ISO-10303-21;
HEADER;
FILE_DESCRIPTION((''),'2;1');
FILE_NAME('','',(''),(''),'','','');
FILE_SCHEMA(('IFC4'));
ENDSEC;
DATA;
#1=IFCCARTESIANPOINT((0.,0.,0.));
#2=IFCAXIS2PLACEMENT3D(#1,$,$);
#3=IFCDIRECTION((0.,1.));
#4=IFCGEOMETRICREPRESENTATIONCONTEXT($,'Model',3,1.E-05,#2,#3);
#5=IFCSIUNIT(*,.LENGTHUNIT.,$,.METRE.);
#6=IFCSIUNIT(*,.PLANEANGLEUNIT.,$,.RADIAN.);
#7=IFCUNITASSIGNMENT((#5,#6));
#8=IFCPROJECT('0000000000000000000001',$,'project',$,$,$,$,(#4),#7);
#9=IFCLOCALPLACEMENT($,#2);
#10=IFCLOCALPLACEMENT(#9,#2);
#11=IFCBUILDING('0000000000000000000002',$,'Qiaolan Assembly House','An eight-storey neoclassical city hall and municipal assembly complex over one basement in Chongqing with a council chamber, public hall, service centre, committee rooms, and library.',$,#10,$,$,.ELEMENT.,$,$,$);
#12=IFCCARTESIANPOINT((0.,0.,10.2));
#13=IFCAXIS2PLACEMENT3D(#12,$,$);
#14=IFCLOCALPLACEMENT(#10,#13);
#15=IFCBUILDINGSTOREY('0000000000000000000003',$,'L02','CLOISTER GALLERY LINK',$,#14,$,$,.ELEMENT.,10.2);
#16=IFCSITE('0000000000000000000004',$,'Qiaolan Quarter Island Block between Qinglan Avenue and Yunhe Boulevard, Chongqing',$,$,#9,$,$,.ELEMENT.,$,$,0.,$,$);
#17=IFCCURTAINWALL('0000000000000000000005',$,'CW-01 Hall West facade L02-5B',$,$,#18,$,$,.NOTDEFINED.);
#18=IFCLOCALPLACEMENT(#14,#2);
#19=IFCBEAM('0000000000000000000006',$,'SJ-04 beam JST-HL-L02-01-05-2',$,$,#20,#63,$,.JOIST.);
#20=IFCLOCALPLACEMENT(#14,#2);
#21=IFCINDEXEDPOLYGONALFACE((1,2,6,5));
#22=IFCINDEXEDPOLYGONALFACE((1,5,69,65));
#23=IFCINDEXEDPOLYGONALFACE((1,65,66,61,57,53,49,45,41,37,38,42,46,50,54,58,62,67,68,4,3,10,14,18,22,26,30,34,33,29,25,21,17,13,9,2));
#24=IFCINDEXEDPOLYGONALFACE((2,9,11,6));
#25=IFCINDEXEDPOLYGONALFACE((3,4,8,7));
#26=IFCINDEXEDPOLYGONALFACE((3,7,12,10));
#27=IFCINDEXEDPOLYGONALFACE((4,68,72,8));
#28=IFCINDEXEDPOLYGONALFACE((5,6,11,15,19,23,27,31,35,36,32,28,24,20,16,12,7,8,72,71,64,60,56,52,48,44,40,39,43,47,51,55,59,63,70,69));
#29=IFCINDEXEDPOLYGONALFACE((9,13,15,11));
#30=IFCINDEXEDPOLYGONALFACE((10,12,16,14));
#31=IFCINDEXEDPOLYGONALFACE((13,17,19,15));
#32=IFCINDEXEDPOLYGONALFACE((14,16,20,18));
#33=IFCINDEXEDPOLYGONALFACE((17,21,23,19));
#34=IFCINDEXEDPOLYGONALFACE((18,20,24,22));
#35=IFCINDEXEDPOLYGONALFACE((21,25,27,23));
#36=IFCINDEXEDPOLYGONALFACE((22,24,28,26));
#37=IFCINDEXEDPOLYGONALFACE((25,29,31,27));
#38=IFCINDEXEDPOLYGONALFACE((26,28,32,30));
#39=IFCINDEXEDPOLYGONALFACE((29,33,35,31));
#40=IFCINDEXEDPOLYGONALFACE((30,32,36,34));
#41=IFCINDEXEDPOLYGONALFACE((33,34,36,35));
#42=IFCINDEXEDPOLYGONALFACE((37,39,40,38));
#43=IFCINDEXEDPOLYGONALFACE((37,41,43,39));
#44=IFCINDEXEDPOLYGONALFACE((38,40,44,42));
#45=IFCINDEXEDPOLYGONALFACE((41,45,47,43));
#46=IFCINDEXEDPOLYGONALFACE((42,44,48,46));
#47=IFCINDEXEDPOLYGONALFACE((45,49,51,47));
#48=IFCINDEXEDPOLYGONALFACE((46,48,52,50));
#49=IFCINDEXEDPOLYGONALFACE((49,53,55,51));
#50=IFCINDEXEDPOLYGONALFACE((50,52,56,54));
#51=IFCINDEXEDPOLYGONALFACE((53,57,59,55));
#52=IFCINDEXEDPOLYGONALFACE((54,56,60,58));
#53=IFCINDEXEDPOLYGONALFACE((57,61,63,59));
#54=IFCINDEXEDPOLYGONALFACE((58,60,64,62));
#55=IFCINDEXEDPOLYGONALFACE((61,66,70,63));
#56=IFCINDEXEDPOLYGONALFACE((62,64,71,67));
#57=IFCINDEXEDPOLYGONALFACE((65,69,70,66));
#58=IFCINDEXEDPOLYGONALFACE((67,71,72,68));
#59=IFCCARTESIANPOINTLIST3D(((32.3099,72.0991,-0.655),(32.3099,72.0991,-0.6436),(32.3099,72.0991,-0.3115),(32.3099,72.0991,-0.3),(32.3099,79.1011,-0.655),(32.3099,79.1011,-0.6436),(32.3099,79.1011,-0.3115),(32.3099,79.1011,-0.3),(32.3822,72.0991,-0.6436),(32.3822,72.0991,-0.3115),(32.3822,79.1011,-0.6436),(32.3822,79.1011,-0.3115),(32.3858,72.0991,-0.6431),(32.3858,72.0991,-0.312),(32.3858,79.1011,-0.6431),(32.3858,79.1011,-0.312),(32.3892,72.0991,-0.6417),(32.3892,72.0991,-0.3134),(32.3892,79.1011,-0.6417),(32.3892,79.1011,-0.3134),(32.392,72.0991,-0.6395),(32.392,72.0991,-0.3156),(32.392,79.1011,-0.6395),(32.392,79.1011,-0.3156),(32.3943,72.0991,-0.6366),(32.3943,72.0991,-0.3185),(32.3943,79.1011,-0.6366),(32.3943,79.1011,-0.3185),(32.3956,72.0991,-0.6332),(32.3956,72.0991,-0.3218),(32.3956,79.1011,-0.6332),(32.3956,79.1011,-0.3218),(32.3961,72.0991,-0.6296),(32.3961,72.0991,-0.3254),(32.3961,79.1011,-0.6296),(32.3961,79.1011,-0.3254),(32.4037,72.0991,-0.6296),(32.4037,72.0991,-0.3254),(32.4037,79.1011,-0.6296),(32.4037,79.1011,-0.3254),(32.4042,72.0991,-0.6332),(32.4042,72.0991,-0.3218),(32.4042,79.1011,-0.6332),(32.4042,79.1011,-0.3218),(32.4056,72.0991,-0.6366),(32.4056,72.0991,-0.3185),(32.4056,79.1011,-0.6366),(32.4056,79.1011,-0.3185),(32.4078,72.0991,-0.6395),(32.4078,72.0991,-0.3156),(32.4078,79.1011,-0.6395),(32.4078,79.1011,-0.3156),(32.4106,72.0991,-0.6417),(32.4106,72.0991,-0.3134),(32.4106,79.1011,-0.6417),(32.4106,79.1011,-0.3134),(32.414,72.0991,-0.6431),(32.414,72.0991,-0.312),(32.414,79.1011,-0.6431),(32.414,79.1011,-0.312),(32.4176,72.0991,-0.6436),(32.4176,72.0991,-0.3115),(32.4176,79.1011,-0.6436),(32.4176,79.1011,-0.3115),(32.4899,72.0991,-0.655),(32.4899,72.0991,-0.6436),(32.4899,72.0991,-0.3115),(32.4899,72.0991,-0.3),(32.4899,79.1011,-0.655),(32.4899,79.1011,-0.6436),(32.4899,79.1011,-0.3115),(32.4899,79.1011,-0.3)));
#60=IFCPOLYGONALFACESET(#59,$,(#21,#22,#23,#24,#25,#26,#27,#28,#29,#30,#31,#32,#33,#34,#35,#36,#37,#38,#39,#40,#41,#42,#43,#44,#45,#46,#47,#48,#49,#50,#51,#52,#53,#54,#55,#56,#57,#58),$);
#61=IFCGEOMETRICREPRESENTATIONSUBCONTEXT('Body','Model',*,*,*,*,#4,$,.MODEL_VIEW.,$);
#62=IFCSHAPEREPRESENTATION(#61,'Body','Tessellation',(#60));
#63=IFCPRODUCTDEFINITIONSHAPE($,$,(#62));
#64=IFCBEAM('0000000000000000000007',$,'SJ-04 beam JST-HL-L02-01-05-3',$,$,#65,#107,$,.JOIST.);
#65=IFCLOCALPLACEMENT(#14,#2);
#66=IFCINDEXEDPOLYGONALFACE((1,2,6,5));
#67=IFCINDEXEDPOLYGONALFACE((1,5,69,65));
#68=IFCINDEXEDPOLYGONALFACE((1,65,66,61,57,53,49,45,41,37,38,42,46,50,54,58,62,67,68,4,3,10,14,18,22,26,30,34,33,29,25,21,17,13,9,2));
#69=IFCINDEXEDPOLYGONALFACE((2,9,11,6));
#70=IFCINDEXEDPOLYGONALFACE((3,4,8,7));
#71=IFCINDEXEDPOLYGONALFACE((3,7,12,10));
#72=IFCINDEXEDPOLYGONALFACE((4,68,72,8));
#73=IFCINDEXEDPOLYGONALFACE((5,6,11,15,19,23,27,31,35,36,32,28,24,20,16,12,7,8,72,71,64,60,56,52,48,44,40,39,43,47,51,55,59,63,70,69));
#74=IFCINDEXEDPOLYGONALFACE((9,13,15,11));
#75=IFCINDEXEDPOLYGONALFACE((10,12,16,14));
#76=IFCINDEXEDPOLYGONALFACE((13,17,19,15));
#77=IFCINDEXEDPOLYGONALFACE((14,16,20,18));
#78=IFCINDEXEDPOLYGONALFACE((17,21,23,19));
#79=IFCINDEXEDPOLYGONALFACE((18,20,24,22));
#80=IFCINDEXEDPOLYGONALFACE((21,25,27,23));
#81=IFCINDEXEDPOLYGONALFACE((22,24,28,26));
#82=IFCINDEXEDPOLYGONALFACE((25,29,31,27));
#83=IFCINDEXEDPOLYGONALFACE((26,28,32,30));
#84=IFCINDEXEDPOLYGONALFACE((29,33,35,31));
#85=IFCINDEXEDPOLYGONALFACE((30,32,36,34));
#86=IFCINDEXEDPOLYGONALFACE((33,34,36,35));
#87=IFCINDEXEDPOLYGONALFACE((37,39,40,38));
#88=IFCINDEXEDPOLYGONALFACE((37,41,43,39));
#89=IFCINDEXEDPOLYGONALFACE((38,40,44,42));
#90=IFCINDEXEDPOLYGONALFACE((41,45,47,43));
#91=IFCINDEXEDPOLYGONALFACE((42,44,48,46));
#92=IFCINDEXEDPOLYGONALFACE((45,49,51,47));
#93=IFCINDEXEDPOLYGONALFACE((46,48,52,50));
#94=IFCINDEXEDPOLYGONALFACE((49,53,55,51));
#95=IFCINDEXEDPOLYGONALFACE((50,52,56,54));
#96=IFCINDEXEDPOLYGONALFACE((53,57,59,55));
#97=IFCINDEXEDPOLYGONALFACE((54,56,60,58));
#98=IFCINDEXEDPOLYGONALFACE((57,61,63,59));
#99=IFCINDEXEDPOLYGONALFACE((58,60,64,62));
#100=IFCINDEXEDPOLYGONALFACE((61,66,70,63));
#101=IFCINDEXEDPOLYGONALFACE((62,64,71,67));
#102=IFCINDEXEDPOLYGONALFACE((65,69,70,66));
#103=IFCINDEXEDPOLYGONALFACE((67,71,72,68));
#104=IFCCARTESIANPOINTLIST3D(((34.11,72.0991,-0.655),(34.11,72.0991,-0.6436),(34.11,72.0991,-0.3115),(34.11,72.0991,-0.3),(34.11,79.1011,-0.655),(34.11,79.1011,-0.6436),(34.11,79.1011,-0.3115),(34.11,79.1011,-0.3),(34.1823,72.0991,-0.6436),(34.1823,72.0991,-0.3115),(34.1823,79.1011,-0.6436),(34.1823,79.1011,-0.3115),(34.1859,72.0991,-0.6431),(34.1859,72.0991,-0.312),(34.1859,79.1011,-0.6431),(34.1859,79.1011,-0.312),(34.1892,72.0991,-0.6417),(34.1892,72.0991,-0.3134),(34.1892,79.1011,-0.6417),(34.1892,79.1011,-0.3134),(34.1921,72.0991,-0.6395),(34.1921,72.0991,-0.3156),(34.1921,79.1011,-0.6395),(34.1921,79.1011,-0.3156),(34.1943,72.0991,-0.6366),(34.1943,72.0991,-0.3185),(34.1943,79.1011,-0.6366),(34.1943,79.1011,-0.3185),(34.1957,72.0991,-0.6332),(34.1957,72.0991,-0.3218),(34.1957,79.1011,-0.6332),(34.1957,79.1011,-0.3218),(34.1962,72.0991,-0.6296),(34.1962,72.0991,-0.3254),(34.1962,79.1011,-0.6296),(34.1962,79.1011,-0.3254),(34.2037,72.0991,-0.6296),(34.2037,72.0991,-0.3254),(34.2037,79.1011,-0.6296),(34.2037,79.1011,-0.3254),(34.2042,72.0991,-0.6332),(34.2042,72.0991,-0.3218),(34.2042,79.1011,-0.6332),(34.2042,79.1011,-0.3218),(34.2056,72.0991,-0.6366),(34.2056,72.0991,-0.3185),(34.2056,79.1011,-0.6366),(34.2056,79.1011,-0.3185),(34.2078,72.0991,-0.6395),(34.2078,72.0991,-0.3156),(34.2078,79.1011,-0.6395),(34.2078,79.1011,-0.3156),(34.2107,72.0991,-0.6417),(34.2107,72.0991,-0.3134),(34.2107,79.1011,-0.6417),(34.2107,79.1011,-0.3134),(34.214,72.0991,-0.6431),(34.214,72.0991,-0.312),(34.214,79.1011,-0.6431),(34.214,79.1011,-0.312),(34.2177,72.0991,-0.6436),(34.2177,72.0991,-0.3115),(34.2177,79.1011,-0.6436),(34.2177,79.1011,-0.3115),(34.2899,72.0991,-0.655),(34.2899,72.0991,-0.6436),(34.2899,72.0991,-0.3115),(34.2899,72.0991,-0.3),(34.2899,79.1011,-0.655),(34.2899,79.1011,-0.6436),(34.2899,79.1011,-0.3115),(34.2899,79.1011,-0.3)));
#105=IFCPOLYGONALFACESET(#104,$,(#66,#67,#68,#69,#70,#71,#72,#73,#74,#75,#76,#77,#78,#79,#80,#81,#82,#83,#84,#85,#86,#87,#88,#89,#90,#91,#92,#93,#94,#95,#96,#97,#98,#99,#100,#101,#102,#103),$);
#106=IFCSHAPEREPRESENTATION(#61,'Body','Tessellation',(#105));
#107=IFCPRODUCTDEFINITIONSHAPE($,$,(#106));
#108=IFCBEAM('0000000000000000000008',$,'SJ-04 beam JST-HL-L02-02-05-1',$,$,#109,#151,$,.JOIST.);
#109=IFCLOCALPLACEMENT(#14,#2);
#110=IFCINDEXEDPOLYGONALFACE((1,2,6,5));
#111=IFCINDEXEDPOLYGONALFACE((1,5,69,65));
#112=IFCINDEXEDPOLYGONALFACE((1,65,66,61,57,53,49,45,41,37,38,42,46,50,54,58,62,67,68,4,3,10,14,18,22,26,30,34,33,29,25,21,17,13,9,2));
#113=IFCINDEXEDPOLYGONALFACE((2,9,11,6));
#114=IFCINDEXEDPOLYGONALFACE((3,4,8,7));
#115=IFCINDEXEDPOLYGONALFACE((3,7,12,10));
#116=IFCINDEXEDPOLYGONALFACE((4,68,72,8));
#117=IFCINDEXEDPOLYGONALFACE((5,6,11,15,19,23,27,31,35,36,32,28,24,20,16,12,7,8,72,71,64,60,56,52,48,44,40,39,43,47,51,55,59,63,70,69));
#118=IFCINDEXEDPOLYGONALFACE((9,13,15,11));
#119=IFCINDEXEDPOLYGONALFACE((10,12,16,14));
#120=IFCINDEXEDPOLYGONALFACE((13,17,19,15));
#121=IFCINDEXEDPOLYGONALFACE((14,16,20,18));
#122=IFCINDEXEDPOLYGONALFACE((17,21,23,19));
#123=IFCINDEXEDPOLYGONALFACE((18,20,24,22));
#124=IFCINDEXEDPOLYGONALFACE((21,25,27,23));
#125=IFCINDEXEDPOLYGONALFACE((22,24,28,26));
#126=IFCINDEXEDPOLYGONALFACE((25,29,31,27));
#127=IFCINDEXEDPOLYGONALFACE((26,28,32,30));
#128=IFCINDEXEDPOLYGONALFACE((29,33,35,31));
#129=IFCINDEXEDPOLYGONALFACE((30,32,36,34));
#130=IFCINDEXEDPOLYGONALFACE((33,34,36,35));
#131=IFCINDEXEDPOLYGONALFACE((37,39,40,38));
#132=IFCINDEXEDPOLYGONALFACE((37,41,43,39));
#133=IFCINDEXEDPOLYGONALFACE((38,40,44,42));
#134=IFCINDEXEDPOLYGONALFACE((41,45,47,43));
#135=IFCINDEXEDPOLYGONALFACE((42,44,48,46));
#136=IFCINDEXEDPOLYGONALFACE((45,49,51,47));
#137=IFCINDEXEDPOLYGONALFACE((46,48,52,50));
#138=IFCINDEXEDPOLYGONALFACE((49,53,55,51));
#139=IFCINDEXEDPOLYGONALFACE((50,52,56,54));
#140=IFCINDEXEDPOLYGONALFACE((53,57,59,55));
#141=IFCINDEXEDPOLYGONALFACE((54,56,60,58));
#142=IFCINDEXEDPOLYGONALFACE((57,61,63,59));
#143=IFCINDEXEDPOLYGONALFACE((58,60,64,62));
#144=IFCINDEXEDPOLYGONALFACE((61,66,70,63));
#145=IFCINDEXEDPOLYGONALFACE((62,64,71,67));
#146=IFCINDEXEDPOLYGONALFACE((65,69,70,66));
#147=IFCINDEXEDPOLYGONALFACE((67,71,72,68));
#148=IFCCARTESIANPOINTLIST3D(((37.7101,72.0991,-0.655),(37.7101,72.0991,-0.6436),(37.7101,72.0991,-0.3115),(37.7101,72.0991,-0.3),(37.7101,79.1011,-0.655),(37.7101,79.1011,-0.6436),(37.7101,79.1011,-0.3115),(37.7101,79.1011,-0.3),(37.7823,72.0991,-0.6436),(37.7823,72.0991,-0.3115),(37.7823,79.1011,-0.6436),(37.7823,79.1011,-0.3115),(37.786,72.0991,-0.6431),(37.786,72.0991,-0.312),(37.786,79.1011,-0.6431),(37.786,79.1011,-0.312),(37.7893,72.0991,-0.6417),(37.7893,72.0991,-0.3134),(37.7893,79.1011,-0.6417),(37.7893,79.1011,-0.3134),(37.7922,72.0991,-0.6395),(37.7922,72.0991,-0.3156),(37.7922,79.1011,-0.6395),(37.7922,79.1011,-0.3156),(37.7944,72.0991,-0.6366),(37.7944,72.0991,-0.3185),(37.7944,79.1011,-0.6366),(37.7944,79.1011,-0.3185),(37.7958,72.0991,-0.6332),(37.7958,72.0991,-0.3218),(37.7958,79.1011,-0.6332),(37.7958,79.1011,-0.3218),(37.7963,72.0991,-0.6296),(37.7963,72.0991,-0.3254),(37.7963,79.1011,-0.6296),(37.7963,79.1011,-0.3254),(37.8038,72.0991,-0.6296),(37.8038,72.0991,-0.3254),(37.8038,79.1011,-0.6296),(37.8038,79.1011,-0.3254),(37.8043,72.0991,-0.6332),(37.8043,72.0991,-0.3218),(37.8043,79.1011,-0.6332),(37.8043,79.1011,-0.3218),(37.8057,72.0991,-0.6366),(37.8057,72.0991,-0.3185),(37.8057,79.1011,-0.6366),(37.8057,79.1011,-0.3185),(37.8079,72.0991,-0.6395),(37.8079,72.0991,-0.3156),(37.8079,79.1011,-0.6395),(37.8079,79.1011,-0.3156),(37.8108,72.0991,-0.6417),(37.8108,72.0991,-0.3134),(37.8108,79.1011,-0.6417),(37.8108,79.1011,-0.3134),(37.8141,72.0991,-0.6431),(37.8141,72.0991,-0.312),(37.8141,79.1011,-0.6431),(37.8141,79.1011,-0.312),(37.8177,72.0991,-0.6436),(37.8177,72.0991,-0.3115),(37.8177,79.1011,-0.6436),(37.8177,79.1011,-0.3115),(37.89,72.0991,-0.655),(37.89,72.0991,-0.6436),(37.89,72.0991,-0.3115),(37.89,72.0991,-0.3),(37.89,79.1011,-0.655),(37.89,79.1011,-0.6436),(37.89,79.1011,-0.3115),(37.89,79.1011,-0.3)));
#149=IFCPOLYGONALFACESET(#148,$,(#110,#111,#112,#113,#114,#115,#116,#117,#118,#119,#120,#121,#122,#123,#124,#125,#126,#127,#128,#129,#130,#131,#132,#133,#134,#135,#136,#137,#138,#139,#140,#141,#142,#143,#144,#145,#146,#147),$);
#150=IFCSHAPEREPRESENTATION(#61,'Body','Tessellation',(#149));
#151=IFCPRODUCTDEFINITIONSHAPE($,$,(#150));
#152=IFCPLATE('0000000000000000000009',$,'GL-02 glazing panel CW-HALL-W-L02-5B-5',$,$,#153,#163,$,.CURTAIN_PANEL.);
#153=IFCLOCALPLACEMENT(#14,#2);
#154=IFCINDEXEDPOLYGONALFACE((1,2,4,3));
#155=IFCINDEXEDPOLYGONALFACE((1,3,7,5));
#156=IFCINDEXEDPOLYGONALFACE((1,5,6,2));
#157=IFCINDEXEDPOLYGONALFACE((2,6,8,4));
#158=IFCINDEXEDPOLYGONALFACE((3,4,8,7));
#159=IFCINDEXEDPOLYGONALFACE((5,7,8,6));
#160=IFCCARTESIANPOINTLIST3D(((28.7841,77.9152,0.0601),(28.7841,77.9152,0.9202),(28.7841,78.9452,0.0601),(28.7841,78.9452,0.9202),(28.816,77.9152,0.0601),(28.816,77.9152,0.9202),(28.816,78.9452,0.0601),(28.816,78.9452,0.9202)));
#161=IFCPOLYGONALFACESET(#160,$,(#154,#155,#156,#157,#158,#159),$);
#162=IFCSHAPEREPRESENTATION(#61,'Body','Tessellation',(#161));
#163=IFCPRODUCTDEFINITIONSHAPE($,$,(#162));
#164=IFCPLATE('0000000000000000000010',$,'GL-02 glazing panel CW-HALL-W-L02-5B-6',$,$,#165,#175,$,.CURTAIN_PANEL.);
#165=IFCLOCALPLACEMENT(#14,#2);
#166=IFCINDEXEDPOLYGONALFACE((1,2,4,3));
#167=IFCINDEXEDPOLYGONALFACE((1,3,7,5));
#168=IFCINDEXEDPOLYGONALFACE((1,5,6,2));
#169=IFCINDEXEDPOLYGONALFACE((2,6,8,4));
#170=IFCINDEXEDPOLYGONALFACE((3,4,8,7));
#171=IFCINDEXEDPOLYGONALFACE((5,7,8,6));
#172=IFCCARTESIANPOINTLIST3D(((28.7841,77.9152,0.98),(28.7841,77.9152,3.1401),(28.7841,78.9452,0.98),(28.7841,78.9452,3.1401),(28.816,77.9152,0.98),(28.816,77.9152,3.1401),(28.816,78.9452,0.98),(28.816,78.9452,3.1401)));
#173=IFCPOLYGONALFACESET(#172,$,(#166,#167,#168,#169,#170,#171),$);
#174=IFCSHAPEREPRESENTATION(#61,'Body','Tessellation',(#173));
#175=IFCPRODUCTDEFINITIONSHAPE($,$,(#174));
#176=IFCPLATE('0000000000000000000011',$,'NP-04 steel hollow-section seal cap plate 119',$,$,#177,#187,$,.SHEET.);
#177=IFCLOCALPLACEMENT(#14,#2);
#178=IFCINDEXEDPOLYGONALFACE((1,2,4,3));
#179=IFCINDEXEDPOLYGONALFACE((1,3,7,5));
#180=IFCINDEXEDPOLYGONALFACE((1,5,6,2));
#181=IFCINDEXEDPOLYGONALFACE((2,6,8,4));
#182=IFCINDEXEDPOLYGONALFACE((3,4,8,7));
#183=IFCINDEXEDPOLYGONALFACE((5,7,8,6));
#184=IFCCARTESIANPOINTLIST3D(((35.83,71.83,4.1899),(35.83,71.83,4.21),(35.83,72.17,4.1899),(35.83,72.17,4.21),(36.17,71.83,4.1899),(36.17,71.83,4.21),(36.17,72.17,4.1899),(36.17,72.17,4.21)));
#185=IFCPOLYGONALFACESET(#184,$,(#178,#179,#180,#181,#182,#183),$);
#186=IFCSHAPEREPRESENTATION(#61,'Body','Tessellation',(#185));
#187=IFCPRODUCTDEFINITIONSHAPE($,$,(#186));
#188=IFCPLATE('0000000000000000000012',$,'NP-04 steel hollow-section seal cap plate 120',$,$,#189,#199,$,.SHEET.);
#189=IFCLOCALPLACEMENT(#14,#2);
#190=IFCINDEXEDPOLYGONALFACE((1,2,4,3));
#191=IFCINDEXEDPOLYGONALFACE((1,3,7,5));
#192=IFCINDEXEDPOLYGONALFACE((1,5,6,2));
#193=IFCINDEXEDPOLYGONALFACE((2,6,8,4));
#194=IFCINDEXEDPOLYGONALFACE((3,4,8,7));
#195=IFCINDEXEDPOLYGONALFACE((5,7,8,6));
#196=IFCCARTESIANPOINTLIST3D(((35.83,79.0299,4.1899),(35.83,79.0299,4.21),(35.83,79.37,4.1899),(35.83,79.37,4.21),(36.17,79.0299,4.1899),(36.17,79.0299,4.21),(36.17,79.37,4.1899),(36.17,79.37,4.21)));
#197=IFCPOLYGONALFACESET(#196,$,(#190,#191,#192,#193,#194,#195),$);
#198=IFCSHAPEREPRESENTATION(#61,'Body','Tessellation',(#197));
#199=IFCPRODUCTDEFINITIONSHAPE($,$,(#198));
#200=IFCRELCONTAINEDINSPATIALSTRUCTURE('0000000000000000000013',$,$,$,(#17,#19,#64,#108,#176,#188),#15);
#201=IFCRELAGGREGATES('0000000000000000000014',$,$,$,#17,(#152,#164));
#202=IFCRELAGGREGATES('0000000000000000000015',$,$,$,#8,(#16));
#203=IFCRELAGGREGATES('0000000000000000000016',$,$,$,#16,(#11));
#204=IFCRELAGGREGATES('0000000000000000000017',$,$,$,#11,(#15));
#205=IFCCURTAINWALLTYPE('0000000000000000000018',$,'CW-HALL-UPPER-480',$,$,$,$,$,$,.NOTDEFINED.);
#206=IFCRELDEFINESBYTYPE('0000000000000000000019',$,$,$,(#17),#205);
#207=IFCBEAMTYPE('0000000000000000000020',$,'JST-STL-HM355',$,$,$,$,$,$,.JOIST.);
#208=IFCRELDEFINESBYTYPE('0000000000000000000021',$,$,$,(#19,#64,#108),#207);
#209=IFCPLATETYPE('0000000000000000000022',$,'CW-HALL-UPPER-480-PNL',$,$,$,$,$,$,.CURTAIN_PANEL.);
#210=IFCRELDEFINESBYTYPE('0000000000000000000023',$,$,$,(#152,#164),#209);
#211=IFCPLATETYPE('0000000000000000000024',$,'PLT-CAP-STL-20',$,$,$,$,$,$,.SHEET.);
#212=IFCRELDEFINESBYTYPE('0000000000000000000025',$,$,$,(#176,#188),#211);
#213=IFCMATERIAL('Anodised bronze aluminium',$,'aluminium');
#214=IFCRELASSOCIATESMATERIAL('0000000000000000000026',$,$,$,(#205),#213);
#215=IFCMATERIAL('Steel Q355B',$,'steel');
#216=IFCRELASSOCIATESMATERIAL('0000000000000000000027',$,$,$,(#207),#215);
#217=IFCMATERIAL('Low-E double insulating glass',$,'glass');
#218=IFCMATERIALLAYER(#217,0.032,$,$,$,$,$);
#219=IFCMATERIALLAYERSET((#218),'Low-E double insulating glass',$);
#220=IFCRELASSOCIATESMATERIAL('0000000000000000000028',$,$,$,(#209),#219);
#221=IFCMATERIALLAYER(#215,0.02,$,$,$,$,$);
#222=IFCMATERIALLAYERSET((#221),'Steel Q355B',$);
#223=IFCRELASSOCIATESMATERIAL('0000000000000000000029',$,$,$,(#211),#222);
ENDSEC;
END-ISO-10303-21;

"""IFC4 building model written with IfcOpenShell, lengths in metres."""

from ifc_helpers import new_model, si_unit, direction, frame, frame_2d, origin, origin_2d, place, context, subcontext, project, spatial, rectangle, i_section, extrude, material, layer, layer_set, material_profile, profile_set, type_object, element, aggregate, save


model = new_model("IFC4")

# Units and contexts
model_context = context("Model", 3, precision=1e-05, world=origin(), true_north=direction((0.0, 1.0)))
body_context = subcontext(model_context, "Body", "Model", "MODEL_VIEW")
ifc_project = project(units=[si_unit("LENGTHUNIT", "METRE"), si_unit("PLANEANGLEUNIT", "RADIAN")], contexts=[model_context])

# Site, building, storey
site_placement = place(None, origin())
site = spatial("IfcSite", under=ifc_project, at=site_placement, Name="Qiaolan Quarter Island Block between Qinglan Avenue and Yunhe Boulevard, Chongqing", CompositionType="ELEMENT", RefElevation=0.0)
building_placement = place(site_placement, origin())
building = spatial("IfcBuilding", under=site, at=building_placement, Name="Qiaolan Assembly House", Description="An eight-storey neoclassical city hall and municipal assembly complex over one basement in Chongqing with a council chamber, public hall, service centre, committee rooms, and library.", CompositionType="ELEMENT")
storey_placement = place(building_placement, frame((0.0, 0.0, 10.2)))
storey = spatial("IfcBuildingStorey", under=building, at=storey_placement, Name="L02", Description="CLOISTER GALLERY LINK", CompositionType="ELEMENT", Elevation=10.2)

# Shared definitions
ifc_material_1 = material(Name="Steel Q355B", Category="steel")

# Curtain wall
ifc_material_2 = material(Name="Anodised bronze aluminium", Category="aluminium")
curtain_wall_type = type_object("IfcCurtainWallType", Name="CW-HALL-UPPER-480", PredefinedType="NOTDEFINED", material=ifc_material_2)
curtain_wall_placement = place(storey_placement, origin())
curtain_wall = element("IfcCurtainWall", 1, at=curtain_wall_placement, inside=storey, type_object=curtain_wall_type, Name="CW-01 Hall West facade L02-5B", PredefinedType="NOTDEFINED")

# Beams
ifc_material_profile_1 = material_profile(ifc_material_1, i_section(OverallWidth=0.1799, OverallDepth=0.355, WebThickness=0.0076, FlangeThickness=0.0115, FilletRadius=0.0139, at=origin_2d()), Name="HM 355x180x7.5x11.5")
ifc_profile_set_1 = profile_set([ifc_material_profile_1], Name="Steel Q355B")
beam_type_1 = type_object("IfcBeamType", Name="JST-STL-HM355", PredefinedType="JOIST", material=ifc_profile_set_1)
for number, where, z_axis, x_axis, name in (
    (2, (32.3999, 72.0991, -0.4775), (0.0, 1.0, 0.0), (-1.0, 0.0, 0.0), "SJ-04 beam JST-HL-L02-01-05-2"),
    (3, (34.2, 72.0991, -0.4775), (0.0, 1.0, 0.0), (-1.0, 0.0, 0.0), "SJ-04 beam JST-HL-L02-01-05-3"),
    (4, (37.8, 72.0991, -0.4775), (0.0, 1.0, 0.0), (-1.0, 0.0, 0.0), "SJ-04 beam JST-HL-L02-02-05-1"),
):
    element("IfcBeam", number, at=place(storey_placement, frame(where, z_axis=z_axis, x_axis=x_axis)), inside=storey, type_object=beam_type_1, Name=name, PredefinedType="JOIST", context=body_context, shape_type="SweptSolid", body=[
        extrude(i_section(OverallWidth=0.1799, OverallDepth=0.355, WebThickness=0.0076, FlangeThickness=0.0115, FilletRadius=0.0139, at=origin_2d()), origin(), (0.0, 0.0, 1.0), 7.002),
    ])

# Plates
ifc_material_3 = material(Name="Low-E double insulating glass", Category="glass")
ifc_layer_1 = layer(ifc_material_3, 0.032)
ifc_layer_set_1 = layer_set([ifc_layer_1], Name="Low-E double insulating glass")
plate_type_1 = type_object("IfcPlateType", Name="CW-HALL-UPPER-480-PNL", PredefinedType="CURTAIN_PANEL", material=ifc_layer_set_1)
plate_1_placement = place(storey_placement, frame((28.8, 77.915, 0.0601), z_axis=(0.0, 0.0, 1.0), x_axis=(0.0, 1.0, 0.0)))
plate_1 = element("IfcPlate", 5, at=plate_1_placement, type_object=plate_type_1, Name="GL-02 glazing panel CW-HALL-W-L02-5B-5", PredefinedType="CURTAIN_PANEL", context=body_context, shape_type="SweptSolid", body=[
    extrude(rectangle(XDim=1.03, YDim=0.032, at=frame_2d((0.5151, 0.0))), origin(), (0.0, 0.0, 1.0), 0.8601),
])
plate_2_placement = place(storey_placement, frame((28.8, 77.915, 0.98), z_axis=(0.0, 0.0, 1.0), x_axis=(0.0, 1.0, 0.0)))
plate_2 = element("IfcPlate", 6, at=plate_2_placement, type_object=plate_type_1, Name="GL-02 glazing panel CW-HALL-W-L02-5B-6", PredefinedType="CURTAIN_PANEL", context=body_context, shape_type="SweptSolid", body=[
    extrude(rectangle(XDim=1.03, YDim=0.032, at=frame_2d((0.5151, 0.0))), origin(), (0.0, 0.0, 1.0), 2.1602),
])
aggregate(curtain_wall, [plate_1, plate_2])

# Plates
ifc_layer_2 = layer(ifc_material_1, 0.02)
ifc_layer_set_2 = layer_set([ifc_layer_2], Name="Steel Q355B")
plate_type_2 = type_object("IfcPlateType", Name="PLT-CAP-STL-20", PredefinedType="SHEET", material=ifc_layer_set_2)
for number, where, z_axis, x_axis, name in (
    (7, (36.0, 72.0, 4.1899), (0.0, 0.0, 1.0), (1.0, 0.0, 0.0), "NP-04 steel hollow-section seal cap plate 119"),
    (8, (36.0, 79.2, 4.1899), (0.0, 0.0, 1.0), (1.0, 0.0, 0.0), "NP-04 steel hollow-section seal cap plate 120"),
):
    element("IfcPlate", number, at=place(storey_placement, frame(where, z_axis=z_axis, x_axis=x_axis)), inside=storey, type_object=plate_type_2, Name=name, PredefinedType="SHEET", context=body_context, shape_type="SweptSolid", body=[
        extrude(rectangle(XDim=0.3401, YDim=0.3401, at=origin_2d()), origin(), (0.0, 0.0, 1.0), 0.02),
    ])

save(model, "model.ifc")
